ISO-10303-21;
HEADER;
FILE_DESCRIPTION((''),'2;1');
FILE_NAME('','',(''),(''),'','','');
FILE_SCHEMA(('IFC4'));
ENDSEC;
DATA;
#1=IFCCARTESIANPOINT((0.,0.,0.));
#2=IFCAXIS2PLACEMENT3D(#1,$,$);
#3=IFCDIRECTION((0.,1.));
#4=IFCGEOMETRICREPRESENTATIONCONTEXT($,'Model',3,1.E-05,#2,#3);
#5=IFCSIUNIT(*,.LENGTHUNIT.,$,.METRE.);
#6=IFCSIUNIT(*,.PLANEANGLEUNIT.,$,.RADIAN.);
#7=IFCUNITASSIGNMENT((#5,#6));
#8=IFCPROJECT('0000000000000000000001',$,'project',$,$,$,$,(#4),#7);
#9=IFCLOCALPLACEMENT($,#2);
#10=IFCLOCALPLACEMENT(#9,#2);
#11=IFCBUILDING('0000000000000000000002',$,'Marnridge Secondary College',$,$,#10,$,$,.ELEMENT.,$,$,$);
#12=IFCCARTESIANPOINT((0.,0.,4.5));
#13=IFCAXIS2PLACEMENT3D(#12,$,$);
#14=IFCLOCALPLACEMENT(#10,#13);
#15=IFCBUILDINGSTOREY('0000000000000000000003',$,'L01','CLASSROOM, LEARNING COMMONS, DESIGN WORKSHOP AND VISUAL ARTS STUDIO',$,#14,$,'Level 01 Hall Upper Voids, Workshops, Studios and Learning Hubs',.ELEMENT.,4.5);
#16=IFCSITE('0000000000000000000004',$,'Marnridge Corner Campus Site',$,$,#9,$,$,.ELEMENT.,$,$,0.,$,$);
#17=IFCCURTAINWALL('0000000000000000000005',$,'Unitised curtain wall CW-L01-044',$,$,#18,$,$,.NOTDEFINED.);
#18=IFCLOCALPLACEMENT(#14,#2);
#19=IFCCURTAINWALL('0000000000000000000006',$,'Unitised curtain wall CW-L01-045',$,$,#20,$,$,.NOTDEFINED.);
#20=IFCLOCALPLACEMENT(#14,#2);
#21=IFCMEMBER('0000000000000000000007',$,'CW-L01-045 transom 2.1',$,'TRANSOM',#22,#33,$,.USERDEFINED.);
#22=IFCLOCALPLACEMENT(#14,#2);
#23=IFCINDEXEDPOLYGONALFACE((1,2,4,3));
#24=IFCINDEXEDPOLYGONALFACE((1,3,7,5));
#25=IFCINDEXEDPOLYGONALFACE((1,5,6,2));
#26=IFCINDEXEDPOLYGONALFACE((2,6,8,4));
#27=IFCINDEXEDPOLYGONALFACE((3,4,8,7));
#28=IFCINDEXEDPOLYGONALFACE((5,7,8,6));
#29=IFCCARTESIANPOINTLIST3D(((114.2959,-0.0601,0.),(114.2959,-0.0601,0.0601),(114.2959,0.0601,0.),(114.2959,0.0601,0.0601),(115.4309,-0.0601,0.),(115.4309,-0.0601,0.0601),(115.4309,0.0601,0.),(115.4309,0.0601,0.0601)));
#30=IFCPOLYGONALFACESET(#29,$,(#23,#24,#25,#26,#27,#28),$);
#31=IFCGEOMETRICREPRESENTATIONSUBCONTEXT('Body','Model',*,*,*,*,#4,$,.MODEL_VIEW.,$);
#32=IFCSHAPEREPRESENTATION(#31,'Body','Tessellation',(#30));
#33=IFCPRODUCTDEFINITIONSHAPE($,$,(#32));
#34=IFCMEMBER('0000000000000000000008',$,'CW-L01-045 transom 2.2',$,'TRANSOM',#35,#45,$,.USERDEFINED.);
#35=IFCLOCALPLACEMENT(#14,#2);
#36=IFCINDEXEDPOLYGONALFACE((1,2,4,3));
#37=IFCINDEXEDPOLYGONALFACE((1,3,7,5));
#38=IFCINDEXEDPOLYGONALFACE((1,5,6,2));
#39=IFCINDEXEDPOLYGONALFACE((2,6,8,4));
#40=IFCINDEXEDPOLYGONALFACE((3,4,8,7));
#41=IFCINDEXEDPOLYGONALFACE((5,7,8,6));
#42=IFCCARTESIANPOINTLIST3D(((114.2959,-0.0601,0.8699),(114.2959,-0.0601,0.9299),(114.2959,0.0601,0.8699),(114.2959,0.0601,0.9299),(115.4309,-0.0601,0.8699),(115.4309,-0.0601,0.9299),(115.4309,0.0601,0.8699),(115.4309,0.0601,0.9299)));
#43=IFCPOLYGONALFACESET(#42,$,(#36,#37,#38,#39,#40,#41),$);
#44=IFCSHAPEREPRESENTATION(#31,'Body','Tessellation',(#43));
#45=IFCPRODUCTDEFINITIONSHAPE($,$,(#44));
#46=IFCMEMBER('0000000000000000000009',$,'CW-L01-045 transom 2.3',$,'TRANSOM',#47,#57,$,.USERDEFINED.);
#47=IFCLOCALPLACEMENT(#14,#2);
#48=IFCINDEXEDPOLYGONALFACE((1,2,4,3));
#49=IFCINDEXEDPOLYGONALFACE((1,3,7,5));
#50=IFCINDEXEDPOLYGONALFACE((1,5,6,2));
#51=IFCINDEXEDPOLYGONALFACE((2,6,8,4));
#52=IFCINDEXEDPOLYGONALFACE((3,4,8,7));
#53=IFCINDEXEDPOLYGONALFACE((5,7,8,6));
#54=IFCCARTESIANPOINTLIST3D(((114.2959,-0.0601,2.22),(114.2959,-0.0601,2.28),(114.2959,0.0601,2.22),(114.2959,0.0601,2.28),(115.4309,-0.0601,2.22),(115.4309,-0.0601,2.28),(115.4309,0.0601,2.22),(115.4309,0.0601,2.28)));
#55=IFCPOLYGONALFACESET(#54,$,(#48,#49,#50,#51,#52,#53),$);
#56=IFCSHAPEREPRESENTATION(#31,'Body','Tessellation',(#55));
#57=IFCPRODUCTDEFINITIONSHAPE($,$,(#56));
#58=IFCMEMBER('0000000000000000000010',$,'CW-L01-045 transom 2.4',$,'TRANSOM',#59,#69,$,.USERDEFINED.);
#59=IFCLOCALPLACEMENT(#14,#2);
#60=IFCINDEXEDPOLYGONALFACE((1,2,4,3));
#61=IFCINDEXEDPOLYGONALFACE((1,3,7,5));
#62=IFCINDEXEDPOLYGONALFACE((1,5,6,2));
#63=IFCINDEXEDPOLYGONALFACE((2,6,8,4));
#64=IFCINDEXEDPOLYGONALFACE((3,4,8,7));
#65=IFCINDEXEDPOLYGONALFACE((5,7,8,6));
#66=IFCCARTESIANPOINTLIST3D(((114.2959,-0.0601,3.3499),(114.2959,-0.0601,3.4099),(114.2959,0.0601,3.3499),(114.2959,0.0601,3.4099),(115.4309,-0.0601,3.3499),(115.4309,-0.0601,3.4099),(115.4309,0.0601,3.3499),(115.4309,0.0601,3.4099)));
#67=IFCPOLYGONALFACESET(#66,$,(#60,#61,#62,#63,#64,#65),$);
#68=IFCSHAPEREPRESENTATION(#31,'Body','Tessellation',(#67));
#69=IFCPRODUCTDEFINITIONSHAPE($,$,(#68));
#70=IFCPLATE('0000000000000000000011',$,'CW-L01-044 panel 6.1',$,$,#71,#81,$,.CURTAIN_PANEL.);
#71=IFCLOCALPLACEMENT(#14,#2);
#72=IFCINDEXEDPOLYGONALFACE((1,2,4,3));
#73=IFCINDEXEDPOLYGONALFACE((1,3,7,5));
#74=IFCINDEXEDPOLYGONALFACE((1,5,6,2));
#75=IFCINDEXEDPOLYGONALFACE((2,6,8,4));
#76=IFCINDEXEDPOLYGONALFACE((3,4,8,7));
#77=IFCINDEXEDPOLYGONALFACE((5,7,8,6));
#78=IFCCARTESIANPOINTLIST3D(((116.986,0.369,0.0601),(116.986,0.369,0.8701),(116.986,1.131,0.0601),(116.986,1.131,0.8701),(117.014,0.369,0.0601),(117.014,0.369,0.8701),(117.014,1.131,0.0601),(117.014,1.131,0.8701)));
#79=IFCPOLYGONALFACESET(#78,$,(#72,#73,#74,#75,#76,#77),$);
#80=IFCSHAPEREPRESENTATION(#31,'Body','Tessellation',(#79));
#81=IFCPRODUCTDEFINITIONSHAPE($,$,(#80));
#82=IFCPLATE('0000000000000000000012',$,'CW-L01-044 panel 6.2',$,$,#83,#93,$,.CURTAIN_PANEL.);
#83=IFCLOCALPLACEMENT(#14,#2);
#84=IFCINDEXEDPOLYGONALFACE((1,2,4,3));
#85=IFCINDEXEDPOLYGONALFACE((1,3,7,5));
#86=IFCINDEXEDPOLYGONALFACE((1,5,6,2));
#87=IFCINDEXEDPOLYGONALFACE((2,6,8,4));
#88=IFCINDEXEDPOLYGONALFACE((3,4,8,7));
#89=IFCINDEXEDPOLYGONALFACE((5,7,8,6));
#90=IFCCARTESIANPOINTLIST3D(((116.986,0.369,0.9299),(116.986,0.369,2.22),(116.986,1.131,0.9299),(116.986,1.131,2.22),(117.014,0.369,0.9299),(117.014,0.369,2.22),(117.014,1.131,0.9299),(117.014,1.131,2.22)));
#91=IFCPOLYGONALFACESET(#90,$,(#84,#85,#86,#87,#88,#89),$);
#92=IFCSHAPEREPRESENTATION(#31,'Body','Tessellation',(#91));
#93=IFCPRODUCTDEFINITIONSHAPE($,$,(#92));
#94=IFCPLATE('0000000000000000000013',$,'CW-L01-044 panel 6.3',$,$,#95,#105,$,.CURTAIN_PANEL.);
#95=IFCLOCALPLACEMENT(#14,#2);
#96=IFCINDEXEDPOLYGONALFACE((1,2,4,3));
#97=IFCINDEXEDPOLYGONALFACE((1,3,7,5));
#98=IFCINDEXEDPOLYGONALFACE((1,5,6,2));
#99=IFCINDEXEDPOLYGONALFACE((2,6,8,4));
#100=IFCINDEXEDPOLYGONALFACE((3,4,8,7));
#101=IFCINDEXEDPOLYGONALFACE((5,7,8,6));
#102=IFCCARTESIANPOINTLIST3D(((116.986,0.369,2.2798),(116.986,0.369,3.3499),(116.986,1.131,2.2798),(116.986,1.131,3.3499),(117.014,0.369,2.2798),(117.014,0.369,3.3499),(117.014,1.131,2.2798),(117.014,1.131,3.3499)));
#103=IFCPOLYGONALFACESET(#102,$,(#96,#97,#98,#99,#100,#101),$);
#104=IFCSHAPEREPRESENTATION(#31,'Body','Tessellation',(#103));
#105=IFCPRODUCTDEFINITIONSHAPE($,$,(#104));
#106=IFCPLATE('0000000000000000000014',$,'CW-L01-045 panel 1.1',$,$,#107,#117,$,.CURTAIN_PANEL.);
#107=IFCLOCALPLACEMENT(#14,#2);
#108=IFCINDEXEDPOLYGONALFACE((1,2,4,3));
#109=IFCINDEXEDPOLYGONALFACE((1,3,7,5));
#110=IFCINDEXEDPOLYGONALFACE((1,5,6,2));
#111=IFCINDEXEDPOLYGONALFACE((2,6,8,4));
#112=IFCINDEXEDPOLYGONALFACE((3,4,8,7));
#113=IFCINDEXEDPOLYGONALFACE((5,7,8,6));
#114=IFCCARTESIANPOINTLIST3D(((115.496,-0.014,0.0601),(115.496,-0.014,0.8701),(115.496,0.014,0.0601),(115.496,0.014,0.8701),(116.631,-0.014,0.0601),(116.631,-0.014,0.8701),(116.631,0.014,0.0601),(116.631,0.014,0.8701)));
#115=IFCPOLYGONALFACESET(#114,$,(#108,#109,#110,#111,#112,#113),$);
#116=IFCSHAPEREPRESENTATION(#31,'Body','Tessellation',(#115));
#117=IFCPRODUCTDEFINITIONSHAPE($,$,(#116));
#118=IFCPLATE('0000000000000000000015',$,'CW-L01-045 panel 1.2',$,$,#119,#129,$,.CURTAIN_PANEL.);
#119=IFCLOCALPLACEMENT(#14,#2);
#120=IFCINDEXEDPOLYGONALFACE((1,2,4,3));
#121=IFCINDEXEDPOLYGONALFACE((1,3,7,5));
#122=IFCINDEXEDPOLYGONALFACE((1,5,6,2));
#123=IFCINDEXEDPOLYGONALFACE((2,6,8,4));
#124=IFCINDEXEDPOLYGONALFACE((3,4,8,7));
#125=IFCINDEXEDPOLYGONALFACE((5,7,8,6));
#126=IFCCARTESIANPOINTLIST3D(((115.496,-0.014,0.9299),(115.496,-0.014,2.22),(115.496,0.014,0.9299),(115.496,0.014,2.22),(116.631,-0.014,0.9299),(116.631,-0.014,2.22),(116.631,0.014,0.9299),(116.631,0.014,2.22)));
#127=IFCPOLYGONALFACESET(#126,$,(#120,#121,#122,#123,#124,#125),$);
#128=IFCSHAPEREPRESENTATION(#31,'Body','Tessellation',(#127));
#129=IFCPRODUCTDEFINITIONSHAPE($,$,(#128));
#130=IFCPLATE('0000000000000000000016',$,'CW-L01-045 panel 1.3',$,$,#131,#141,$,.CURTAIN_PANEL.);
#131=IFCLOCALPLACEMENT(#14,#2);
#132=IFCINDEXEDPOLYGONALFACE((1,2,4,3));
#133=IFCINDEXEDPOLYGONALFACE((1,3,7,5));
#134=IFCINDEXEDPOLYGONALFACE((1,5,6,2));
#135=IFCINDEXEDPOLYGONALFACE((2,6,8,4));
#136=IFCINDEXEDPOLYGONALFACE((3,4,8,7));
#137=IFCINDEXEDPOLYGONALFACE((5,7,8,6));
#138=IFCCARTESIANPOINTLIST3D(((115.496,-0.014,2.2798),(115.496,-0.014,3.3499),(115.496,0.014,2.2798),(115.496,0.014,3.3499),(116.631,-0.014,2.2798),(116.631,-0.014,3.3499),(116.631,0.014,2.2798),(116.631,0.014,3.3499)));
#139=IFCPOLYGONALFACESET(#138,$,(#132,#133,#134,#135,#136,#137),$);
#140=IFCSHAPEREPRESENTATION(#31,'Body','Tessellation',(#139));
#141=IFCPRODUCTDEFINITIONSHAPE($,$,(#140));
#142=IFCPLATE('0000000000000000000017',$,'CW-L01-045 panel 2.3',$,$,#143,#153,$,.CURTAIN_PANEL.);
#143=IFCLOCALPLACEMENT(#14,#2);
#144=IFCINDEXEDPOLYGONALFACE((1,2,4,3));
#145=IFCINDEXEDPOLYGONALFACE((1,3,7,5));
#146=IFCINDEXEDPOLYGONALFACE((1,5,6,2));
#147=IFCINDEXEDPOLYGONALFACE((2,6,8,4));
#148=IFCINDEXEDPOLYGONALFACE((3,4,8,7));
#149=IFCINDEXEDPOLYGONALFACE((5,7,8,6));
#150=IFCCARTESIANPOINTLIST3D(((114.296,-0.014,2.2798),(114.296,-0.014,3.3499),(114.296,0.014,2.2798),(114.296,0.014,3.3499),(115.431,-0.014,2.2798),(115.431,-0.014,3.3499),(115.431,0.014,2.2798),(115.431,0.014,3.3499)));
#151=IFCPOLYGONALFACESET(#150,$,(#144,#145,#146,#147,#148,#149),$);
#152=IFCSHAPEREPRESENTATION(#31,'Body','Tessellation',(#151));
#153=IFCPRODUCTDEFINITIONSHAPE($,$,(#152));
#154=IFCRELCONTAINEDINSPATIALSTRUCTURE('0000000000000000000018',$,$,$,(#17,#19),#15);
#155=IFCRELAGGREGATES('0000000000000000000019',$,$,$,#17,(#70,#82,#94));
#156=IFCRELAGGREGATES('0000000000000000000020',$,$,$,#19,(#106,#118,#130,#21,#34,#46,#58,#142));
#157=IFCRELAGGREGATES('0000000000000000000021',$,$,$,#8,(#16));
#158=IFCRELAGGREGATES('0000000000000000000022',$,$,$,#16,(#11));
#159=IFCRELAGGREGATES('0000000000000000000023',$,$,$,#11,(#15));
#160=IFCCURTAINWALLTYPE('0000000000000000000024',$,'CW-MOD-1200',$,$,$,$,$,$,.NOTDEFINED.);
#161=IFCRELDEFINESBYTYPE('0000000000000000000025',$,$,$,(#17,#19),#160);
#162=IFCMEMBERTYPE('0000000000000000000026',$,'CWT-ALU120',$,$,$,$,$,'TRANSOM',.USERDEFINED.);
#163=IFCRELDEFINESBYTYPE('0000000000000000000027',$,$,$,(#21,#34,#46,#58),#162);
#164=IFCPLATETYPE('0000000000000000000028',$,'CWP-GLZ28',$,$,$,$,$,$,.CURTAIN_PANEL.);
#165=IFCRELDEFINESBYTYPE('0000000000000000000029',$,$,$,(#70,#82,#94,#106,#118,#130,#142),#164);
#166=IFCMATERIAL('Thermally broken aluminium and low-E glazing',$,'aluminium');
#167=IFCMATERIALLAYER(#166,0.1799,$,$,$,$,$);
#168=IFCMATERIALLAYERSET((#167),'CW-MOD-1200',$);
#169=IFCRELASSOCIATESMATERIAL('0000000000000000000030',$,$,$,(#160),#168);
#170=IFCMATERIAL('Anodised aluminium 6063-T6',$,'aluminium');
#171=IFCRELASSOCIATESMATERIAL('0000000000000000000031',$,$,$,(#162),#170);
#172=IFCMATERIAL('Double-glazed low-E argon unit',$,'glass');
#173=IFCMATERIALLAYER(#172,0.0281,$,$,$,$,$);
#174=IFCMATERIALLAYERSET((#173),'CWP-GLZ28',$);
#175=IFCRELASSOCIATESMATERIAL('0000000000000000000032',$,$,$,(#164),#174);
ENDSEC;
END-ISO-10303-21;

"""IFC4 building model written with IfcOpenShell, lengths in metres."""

from ifc_helpers import new_model, si_unit, direction, frame, origin, origin_2d, place, context, subcontext, project, spatial, rectangle, extrude, material, layer, layer_set, material_profile, profile_set, type_object, element, aggregate, save


model = new_model("IFC4")

# Units and contexts
model_context = context("Model", 3, precision=1e-05, world=origin(), true_north=direction((0.0, 1.0)))
body_context = subcontext(model_context, "Body", "Model", "MODEL_VIEW")
ifc_project = project(units=[si_unit("LENGTHUNIT", "METRE"), si_unit("PLANEANGLEUNIT", "RADIAN")], contexts=[model_context])

# Site, building, storey
site_placement = place(None, origin())
site = spatial("IfcSite", under=ifc_project, at=site_placement, Name="Marnridge Corner Campus Site", CompositionType="ELEMENT", RefElevation=0.0)
building_placement = place(site_placement, origin())
building = spatial("IfcBuilding", under=site, at=building_placement, Name="Marnridge Secondary College", CompositionType="ELEMENT")
storey_placement = place(building_placement, frame((0.0, 0.0, 4.5)))
storey = spatial("IfcBuildingStorey", under=building, at=storey_placement, Name="L01", Description="CLASSROOM, LEARNING COMMONS, DESIGN WORKSHOP AND VISUAL ARTS STUDIO", LongName="Level 01 Hall Upper Voids, Workshops, Studios and Learning Hubs", CompositionType="ELEMENT", Elevation=4.5)

# Curtain wall
ifc_material_1 = material(Name="Thermally broken aluminium and low-E glazing", Category="aluminium")
ifc_layer_1 = layer(ifc_material_1, 0.1799)
ifc_layer_set_1 = layer_set([ifc_layer_1], Name="CW-MOD-1200")
curtain_wall_type = type_object("IfcCurtainWallType", Name="CW-MOD-1200", PredefinedType="NOTDEFINED", material=ifc_layer_set_1)
curtain_wall_1_placement = place(storey_placement, origin())
curtain_wall_1 = element("IfcCurtainWall", 1, at=curtain_wall_1_placement, inside=storey, type_object=curtain_wall_type, Name="Unitised curtain wall CW-L01-044", PredefinedType="NOTDEFINED")

# Curtain wall
curtain_wall_2_placement = place(storey_placement, origin())
curtain_wall_2 = element("IfcCurtainWall", 2, at=curtain_wall_2_placement, inside=storey, type_object=curtain_wall_type, Name="Unitised curtain wall CW-L01-045", PredefinedType="NOTDEFINED")

# Members
ifc_material_2 = material(Name="Anodised aluminium 6063-T6", Category="aluminium")
ifc_material_profile_1 = material_profile(ifc_material_2, rectangle(XDim=0.0601, YDim=0.1201, at=origin_2d()), Name="ALU 60x120")
ifc_profile_set_1 = profile_set([ifc_material_profile_1], Name="Anodised aluminium 6063-T6")
member_type_1 = type_object("IfcMemberType", Name="CWT-ALU120", ElementType="TRANSOM", PredefinedType="USERDEFINED", material=ifc_profile_set_1)
member_1_placement = place(storey_placement, frame((115.4309, 0.0, 0.03), z_axis=(-1.0, 0.0, 0.0), x_axis=(0.0, 0.0, 1.0)))
member_1 = element("IfcMember", 3, at=member_1_placement, type_object=member_type_1, Name="CW-L01-045 transom 2.1", ObjectType="TRANSOM", PredefinedType="USERDEFINED", context=body_context, shape_type="SweptSolid", body=[
    extrude(rectangle(XDim=0.0601, YDim=0.1201, at=origin_2d()), origin(), (0.0, 0.0, 1.0), 1.135),
])
member_2_placement = place(storey_placement, frame((115.4309, 0.0, 0.8999), z_axis=(-1.0, 0.0, 0.0), x_axis=(0.0, 0.0, 1.0)))
member_2 = element("IfcMember", 4, at=member_2_placement, type_object=member_type_1, Name="CW-L01-045 transom 2.2", ObjectType="TRANSOM", PredefinedType="USERDEFINED", context=body_context, shape_type="SweptSolid", body=[
    extrude(rectangle(XDim=0.0601, YDim=0.1201, at=origin_2d()), origin(), (0.0, 0.0, 1.0), 1.135),
])
member_3_placement = place(storey_placement, frame((115.4309, 0.0, 2.25), z_axis=(-1.0, 0.0, 0.0), x_axis=(0.0, 0.0, 1.0)))
member_3 = element("IfcMember", 5, at=member_3_placement, type_object=member_type_1, Name="CW-L01-045 transom 2.3", ObjectType="TRANSOM", PredefinedType="USERDEFINED", context=body_context, shape_type="SweptSolid", body=[
    extrude(rectangle(XDim=0.0601, YDim=0.1201, at=origin_2d()), origin(), (0.0, 0.0, 1.0), 1.135),
])
member_4_placement = place(storey_placement, frame((115.4309, 0.0, 3.3799), z_axis=(-1.0, 0.0, 0.0), x_axis=(0.0, 0.0, 1.0)))
member_4 = element("IfcMember", 6, at=member_4_placement, type_object=member_type_1, Name="CW-L01-045 transom 2.4", ObjectType="TRANSOM", PredefinedType="USERDEFINED", context=body_context, shape_type="SweptSolid", body=[
    extrude(rectangle(XDim=0.0601, YDim=0.1201, at=origin_2d()), origin(), (0.0, 0.0, 1.0), 1.135),
])

# Plates
ifc_material_3 = material(Name="Double-glazed low-E argon unit", Category="glass")
ifc_layer_2 = layer(ifc_material_3, 0.0281)
ifc_layer_set_2 = layer_set([ifc_layer_2], Name="CWP-GLZ28")
plate_type = type_object("IfcPlateType", Name="CWP-GLZ28", PredefinedType="CURTAIN_PANEL", material=ifc_layer_set_2)
plate_1_placement = place(storey_placement, frame((117.0, 0.75, 0.0601), z_axis=(0.0, 0.0, 1.0), x_axis=(0.0, -1.0, 0.0)))
plate_1 = element("IfcPlate", 7, at=plate_1_placement, type_object=plate_type, Name="CW-L01-044 panel 6.1", PredefinedType="CURTAIN_PANEL", context=body_context, shape_type="SweptSolid", body=[
    extrude(rectangle(XDim=0.762, YDim=0.0281, at=origin_2d()), origin(), (0.0, 0.0, 1.0), 0.8101),
])
plate_2_placement = place(storey_placement, frame((117.0, 0.75, 0.9299), z_axis=(0.0, 0.0, 1.0), x_axis=(0.0, -1.0, 0.0)))
plate_2 = element("IfcPlate", 8, at=plate_2_placement, type_object=plate_type, Name="CW-L01-044 panel 6.2", PredefinedType="CURTAIN_PANEL", context=body_context, shape_type="SweptSolid", body=[
    extrude(rectangle(XDim=0.762, YDim=0.0281, at=origin_2d()), origin(), (0.0, 0.0, 1.0), 1.29),
])
plate_3_placement = place(storey_placement, frame((117.0, 0.75, 2.2798), z_axis=(0.0, 0.0, 1.0), x_axis=(0.0, -1.0, 0.0)))
plate_3 = element("IfcPlate", 9, at=plate_3_placement, type_object=plate_type, Name="CW-L01-044 panel 6.3", PredefinedType="CURTAIN_PANEL", context=body_context, shape_type="SweptSolid", body=[
    extrude(rectangle(XDim=0.762, YDim=0.0281, at=origin_2d()), origin(), (0.0, 0.0, 1.0), 1.0701),
])
aggregate(curtain_wall_1, [plate_1, plate_2, plate_3])
plate_4_placement = place(storey_placement, frame((116.0635, 0.0, 0.0601), z_axis=(0.0, 0.0, 1.0), x_axis=(-1.0, 0.0, 0.0)))
plate_4 = element("IfcPlate", 10, at=plate_4_placement, type_object=plate_type, Name="CW-L01-045 panel 1.1", PredefinedType="CURTAIN_PANEL", context=body_context, shape_type="SweptSolid", body=[
    extrude(rectangle(XDim=1.135, YDim=0.0281, at=origin_2d()), origin(), (0.0, 0.0, 1.0), 0.8101),
])
plate_5_placement = place(storey_placement, frame((116.0635, 0.0, 0.9299), z_axis=(0.0, 0.0, 1.0), x_axis=(-1.0, 0.0, 0.0)))
plate_5 = element("IfcPlate", 11, at=plate_5_placement, type_object=plate_type, Name="CW-L01-045 panel 1.2", PredefinedType="CURTAIN_PANEL", context=body_context, shape_type="SweptSolid", body=[
    extrude(rectangle(XDim=1.135, YDim=0.0281, at=origin_2d()), origin(), (0.0, 0.0, 1.0), 1.29),
])
plate_6_placement = place(storey_placement, frame((116.0635, 0.0, 2.2798), z_axis=(0.0, 0.0, 1.0), x_axis=(-1.0, 0.0, 0.0)))
plate_6 = element("IfcPlate", 12, at=plate_6_placement, type_object=plate_type, Name="CW-L01-045 panel 1.3", PredefinedType="CURTAIN_PANEL", context=body_context, shape_type="SweptSolid", body=[
    extrude(rectangle(XDim=1.135, YDim=0.0281, at=origin_2d()), origin(), (0.0, 0.0, 1.0), 1.0701),
])
plate_7_placement = place(storey_placement, frame((114.8635, 0.0, 2.2798), z_axis=(0.0, 0.0, 1.0), x_axis=(-1.0, 0.0, 0.0)))
plate_7 = element("IfcPlate", 13, at=plate_7_placement, type_object=plate_type, Name="CW-L01-045 panel 2.3", PredefinedType="CURTAIN_PANEL", context=body_context, shape_type="SweptSolid", body=[
    extrude(rectangle(XDim=1.135, YDim=0.0281, at=origin_2d()), origin(), (0.0, 0.0, 1.0), 1.0701),
])
aggregate(curtain_wall_2, [plate_4, plate_5, plate_6, member_1, member_2, member_3, member_4, plate_7])

save(model, "model.ifc")
